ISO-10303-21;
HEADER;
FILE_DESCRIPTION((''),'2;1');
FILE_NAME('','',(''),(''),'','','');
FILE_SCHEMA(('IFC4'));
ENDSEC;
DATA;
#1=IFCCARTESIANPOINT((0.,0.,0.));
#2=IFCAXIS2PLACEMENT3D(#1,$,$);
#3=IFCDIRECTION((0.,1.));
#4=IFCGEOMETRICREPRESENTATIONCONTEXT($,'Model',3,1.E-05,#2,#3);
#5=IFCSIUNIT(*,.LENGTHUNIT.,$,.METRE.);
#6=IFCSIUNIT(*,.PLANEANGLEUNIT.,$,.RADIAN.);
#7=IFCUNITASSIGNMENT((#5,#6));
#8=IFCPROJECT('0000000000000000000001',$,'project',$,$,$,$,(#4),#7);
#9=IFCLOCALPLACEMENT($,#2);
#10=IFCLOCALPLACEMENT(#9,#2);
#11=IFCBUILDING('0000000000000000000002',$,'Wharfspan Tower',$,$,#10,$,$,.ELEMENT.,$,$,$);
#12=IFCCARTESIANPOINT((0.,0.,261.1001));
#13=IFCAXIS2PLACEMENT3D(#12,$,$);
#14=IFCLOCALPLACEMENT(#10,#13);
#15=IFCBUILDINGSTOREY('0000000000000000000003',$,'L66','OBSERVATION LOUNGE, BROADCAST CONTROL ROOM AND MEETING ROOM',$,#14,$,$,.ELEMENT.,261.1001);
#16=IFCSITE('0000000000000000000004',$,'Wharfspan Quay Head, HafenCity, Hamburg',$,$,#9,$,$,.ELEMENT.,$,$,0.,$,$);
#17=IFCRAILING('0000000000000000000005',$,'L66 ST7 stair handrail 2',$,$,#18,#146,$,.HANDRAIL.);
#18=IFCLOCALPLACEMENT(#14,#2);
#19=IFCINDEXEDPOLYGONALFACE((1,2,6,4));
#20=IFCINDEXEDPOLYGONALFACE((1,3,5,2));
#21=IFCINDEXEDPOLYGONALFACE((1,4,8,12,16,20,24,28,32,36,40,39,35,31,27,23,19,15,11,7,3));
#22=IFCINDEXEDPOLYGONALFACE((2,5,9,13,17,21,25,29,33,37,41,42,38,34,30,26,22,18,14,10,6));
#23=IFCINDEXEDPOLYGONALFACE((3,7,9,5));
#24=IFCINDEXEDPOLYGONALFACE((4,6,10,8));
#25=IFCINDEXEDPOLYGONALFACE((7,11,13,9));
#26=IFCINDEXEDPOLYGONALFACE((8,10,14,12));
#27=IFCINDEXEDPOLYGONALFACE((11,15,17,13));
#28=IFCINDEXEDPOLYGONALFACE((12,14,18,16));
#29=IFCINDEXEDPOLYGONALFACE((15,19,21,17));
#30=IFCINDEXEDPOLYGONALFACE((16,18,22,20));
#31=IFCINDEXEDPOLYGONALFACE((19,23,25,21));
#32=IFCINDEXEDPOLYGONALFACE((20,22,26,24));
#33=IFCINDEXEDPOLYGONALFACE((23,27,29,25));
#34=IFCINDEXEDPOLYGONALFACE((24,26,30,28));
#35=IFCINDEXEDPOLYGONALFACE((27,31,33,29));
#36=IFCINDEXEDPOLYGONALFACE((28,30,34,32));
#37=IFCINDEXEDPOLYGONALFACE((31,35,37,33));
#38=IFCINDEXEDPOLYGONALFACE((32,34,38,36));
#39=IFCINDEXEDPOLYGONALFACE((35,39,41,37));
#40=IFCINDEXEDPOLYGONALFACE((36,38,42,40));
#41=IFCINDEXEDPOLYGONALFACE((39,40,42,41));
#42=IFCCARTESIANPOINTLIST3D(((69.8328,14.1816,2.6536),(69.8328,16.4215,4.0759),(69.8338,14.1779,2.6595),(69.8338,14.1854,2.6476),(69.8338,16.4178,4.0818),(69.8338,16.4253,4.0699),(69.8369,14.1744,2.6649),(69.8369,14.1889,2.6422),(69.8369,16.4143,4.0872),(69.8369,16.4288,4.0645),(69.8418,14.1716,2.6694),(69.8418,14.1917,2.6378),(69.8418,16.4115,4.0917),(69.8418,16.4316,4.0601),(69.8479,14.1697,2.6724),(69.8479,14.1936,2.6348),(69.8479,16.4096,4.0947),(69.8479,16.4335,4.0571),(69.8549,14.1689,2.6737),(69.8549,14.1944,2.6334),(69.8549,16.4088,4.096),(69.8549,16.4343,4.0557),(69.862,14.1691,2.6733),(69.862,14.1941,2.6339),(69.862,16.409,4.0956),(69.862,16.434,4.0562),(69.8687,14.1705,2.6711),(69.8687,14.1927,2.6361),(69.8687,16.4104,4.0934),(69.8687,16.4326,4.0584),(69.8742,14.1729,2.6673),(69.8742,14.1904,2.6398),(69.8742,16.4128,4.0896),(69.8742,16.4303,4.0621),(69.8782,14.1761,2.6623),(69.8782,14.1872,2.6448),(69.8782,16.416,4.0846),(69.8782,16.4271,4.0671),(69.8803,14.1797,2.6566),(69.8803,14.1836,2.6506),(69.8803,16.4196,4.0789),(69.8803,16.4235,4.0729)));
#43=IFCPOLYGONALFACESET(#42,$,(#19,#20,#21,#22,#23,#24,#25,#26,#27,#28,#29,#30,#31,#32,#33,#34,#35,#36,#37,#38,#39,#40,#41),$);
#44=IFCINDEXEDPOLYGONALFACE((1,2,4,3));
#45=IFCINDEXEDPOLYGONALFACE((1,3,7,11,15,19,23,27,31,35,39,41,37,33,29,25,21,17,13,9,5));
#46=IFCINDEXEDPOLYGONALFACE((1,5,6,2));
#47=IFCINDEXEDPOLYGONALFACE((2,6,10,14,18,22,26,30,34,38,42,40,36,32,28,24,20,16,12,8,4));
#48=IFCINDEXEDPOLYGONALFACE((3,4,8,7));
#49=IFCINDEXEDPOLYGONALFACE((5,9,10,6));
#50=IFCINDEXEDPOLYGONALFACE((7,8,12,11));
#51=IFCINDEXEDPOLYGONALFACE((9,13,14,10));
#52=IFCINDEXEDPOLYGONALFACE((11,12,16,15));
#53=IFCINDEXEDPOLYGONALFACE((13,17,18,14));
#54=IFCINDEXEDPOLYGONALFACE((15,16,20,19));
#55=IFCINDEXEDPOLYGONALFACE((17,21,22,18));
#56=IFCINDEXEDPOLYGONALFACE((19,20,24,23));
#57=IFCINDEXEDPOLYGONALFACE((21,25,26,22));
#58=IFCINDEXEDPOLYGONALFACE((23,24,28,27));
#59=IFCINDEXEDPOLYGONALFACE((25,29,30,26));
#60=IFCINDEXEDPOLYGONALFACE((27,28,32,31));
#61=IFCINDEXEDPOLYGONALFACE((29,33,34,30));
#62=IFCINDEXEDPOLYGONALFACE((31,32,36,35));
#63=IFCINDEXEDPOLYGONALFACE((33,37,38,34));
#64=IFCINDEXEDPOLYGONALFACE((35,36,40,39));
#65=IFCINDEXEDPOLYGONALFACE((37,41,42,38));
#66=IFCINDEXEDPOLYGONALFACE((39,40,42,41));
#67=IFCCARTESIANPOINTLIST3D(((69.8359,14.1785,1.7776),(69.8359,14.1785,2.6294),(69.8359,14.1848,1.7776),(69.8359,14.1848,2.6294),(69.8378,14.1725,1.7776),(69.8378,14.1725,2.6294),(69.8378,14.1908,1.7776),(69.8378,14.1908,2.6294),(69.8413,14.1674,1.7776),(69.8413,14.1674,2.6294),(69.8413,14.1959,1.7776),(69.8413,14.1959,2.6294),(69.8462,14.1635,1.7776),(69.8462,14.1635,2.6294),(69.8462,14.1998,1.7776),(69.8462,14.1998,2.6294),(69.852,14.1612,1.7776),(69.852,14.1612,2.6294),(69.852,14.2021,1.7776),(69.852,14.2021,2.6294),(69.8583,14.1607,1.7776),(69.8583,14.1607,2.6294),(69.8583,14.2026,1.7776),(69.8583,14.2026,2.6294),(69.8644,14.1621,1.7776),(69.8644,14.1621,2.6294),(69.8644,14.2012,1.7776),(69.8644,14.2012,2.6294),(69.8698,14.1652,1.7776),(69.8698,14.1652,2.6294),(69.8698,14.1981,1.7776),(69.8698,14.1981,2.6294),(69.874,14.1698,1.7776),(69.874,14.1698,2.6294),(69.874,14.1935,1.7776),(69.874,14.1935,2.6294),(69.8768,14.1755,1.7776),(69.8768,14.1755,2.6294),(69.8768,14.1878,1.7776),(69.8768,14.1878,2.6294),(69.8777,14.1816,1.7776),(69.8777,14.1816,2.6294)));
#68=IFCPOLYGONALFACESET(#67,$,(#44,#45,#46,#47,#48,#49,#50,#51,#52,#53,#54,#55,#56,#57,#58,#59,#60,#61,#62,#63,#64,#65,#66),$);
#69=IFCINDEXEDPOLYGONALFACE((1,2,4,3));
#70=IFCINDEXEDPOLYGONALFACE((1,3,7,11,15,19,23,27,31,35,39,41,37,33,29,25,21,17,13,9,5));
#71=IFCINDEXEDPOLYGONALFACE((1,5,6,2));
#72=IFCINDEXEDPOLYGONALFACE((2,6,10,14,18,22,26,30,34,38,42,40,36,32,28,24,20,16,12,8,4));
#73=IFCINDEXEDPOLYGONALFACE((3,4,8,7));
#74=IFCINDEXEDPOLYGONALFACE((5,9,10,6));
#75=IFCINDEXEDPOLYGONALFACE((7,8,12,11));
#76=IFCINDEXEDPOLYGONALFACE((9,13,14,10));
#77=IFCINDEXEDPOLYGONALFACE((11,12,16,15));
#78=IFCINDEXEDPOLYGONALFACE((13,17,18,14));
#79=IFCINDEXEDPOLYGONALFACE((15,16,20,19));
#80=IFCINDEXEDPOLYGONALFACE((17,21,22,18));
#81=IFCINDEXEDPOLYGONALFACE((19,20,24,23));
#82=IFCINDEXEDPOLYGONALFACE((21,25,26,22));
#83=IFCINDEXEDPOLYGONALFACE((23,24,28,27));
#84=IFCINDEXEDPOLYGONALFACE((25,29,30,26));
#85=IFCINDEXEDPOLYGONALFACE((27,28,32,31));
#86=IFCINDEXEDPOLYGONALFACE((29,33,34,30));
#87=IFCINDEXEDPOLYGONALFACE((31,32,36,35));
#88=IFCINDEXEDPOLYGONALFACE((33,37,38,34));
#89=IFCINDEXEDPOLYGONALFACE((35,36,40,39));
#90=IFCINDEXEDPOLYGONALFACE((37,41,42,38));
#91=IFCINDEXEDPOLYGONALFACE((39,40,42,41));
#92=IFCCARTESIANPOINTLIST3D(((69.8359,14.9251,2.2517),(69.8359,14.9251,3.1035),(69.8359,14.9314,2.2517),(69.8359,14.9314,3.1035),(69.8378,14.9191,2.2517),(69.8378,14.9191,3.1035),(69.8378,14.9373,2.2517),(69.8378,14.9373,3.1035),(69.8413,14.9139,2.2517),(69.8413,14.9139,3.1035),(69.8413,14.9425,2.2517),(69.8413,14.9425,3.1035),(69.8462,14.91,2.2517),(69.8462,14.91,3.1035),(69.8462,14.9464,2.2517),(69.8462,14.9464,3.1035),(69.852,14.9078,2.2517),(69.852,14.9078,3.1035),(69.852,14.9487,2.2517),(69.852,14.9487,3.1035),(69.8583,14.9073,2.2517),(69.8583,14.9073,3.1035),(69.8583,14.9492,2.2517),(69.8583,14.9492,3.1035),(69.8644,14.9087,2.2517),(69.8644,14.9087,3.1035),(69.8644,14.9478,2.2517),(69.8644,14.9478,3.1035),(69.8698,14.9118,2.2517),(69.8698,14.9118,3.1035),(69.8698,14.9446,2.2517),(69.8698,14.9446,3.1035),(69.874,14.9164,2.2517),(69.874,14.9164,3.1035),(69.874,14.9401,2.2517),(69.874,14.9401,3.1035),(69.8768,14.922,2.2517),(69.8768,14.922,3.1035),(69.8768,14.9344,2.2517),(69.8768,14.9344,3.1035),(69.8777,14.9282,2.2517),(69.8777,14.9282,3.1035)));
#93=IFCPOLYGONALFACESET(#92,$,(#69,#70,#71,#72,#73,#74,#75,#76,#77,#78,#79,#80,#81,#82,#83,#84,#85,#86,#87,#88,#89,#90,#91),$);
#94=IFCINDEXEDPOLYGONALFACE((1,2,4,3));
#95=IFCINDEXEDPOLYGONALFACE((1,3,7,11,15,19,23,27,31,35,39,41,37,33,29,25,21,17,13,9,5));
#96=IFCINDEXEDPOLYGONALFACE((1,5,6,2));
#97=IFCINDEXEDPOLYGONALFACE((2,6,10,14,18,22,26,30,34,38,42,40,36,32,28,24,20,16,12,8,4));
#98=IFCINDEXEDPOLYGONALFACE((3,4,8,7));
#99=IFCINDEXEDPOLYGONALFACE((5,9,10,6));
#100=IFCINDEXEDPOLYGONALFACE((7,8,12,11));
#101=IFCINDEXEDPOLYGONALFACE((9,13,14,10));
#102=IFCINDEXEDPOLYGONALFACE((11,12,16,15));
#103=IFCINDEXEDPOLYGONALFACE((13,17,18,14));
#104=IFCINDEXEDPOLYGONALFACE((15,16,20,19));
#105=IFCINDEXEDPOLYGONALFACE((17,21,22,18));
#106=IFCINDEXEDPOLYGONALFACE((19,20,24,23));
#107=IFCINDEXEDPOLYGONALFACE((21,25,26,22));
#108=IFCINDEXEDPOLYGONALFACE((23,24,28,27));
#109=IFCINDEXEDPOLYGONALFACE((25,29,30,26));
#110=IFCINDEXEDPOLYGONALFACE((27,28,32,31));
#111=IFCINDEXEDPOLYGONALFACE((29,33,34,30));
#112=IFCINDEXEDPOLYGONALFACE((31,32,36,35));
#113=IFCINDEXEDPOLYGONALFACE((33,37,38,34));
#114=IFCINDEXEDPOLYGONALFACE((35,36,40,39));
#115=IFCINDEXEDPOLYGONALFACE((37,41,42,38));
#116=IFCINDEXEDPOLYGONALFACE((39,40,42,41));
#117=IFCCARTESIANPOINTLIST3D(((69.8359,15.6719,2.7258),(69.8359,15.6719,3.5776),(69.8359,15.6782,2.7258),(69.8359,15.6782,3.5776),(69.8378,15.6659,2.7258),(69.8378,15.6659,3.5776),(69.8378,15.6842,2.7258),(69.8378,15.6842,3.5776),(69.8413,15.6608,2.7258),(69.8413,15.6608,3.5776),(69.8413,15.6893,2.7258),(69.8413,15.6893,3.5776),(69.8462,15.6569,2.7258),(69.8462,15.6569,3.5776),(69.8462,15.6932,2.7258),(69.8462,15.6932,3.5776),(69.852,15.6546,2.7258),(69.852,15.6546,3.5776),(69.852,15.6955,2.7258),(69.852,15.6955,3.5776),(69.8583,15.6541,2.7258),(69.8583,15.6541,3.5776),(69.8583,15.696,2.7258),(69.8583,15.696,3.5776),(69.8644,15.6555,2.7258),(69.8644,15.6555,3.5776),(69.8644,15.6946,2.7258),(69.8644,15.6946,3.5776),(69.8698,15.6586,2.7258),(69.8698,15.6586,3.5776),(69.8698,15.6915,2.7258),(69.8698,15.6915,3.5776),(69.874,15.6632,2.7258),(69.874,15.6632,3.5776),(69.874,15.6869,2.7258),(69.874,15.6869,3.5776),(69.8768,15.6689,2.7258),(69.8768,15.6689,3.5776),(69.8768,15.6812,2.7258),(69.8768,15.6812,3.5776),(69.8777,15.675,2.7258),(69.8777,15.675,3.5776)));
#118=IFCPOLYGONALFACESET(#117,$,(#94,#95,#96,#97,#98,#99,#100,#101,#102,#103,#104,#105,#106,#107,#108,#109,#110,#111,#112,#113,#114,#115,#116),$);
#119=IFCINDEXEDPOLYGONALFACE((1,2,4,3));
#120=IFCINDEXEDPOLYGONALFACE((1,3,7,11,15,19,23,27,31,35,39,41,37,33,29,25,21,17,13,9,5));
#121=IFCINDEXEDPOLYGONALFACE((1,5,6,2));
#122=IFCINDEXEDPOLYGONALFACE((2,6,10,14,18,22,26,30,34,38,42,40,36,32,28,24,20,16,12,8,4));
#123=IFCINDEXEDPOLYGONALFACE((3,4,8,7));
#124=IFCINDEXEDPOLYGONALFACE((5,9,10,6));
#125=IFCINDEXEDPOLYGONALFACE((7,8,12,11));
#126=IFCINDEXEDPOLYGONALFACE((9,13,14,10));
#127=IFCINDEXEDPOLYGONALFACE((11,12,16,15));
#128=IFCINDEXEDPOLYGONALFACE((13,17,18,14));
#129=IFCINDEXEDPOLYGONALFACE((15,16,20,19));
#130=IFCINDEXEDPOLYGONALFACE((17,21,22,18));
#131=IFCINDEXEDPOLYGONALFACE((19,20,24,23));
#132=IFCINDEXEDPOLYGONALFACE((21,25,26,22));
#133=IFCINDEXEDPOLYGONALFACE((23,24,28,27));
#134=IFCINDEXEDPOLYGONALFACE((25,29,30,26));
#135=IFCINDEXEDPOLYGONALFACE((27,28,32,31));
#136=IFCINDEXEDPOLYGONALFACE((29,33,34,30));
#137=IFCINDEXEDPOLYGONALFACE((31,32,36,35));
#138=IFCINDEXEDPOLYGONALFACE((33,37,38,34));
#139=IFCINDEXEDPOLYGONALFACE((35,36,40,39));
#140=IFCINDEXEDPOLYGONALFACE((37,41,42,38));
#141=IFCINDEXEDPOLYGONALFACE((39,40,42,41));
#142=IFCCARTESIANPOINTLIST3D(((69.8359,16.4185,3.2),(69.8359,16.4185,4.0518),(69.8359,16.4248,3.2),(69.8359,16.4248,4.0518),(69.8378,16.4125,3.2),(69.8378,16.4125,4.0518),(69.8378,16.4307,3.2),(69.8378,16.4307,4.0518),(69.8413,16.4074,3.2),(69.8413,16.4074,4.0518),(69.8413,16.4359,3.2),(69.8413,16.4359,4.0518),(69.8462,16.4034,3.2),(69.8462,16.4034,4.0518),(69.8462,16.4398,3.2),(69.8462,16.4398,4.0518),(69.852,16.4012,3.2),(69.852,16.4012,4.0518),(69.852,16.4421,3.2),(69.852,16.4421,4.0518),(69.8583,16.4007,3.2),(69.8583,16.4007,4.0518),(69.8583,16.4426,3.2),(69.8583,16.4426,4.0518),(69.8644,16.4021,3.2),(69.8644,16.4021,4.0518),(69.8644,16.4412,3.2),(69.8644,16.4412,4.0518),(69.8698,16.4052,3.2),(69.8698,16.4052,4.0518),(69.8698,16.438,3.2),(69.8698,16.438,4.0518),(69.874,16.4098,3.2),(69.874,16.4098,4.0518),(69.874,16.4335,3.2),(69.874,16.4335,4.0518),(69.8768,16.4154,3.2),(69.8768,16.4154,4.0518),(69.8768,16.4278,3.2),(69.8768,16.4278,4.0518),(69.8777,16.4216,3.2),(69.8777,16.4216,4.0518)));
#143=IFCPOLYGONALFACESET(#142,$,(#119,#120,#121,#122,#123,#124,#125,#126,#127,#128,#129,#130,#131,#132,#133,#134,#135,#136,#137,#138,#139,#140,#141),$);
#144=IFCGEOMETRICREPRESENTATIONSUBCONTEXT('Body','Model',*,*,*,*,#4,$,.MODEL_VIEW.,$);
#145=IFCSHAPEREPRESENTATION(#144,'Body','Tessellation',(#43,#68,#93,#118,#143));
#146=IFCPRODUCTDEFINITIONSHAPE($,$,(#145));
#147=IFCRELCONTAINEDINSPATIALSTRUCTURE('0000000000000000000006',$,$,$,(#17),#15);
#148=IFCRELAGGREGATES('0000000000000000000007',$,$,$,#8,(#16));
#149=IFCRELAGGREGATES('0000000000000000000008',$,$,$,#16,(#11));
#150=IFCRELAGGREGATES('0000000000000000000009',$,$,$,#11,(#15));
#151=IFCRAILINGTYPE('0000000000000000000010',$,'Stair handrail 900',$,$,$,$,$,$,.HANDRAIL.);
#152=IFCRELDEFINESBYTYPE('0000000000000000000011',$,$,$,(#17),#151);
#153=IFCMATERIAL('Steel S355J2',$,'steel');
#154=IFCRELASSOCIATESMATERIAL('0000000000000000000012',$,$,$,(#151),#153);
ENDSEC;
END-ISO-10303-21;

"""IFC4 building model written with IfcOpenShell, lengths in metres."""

from ifc_helpers import new_model, si_unit, direction, frame, origin, origin_2d, place, context, subcontext, project, spatial, circle, extrude, material, type_object, element, save


model = new_model("IFC4")

# Units and contexts
model_context = context("Model", 3, precision=1e-05, world=origin(), true_north=direction((0.0, 1.0)))
body_context = subcontext(model_context, "Body", "Model", "MODEL_VIEW")
ifc_project = project(units=[si_unit("LENGTHUNIT", "METRE"), si_unit("PLANEANGLEUNIT", "RADIAN")], contexts=[model_context])

# Site, building, storey
site_placement = place(None, origin())
site = spatial("IfcSite", under=ifc_project, at=site_placement, Name="Wharfspan Quay Head, HafenCity, Hamburg", CompositionType="ELEMENT", RefElevation=0.0)
building_placement = place(site_placement, origin())
building = spatial("IfcBuilding", under=site, at=building_placement, Name="Wharfspan Tower", CompositionType="ELEMENT")
storey_placement = place(building_placement, frame((0.0, 0.0, 261.1001)))
storey = spatial("IfcBuildingStorey", under=building, at=storey_placement, Name="L66", Description="OBSERVATION LOUNGE, BROADCAST CONTROL ROOM AND MEETING ROOM", CompositionType="ELEMENT", Elevation=261.1001)

# Shared definitions
ifc_material_1 = material(Name="Steel S355J2", Category="steel")

# Railing
railing_type_1 = type_object("IfcRailingType", Name="Stair handrail 900", PredefinedType="HANDRAIL", material=ifc_material_1)
railing_1_placement = place(storey_placement, frame((69.8567, 14.1816, 1.7776)))
element("IfcRailing", 1, at=railing_1_placement, inside=storey, type_object=railing_type_1, Name="L66 ST7 stair handrail 2", PredefinedType="HANDRAIL", context=body_context, shape_type="SweptSolid", body=[
    extrude(circle(Radius=0.0239, at=origin_2d()), frame((0.0, 0.0, 0.876), z_axis=(0.0, 0.844188, 0.536048), x_axis=(-1.0, 0.0, 0.0)), (0.0, 0.0, 1.0), 2.6533),
    extrude(circle(Radius=0.021, at=origin_2d()), origin(), (0.0, 0.0, 1.0), 0.8518),
    extrude(circle(Radius=0.021, at=origin_2d()), frame((0.0, 0.7466, 0.4741)), (0.0, 0.0, 1.0), 0.8518),
    extrude(circle(Radius=0.021, at=origin_2d()), frame((0.0, 1.4934, 0.9482)), (0.0, 0.0, 1.0), 0.8518),
    extrude(circle(Radius=0.021, at=origin_2d()), frame((0.0, 2.24, 1.4224)), (0.0, 0.0, 1.0), 0.8518),
])

save(model, "model.ifc")
